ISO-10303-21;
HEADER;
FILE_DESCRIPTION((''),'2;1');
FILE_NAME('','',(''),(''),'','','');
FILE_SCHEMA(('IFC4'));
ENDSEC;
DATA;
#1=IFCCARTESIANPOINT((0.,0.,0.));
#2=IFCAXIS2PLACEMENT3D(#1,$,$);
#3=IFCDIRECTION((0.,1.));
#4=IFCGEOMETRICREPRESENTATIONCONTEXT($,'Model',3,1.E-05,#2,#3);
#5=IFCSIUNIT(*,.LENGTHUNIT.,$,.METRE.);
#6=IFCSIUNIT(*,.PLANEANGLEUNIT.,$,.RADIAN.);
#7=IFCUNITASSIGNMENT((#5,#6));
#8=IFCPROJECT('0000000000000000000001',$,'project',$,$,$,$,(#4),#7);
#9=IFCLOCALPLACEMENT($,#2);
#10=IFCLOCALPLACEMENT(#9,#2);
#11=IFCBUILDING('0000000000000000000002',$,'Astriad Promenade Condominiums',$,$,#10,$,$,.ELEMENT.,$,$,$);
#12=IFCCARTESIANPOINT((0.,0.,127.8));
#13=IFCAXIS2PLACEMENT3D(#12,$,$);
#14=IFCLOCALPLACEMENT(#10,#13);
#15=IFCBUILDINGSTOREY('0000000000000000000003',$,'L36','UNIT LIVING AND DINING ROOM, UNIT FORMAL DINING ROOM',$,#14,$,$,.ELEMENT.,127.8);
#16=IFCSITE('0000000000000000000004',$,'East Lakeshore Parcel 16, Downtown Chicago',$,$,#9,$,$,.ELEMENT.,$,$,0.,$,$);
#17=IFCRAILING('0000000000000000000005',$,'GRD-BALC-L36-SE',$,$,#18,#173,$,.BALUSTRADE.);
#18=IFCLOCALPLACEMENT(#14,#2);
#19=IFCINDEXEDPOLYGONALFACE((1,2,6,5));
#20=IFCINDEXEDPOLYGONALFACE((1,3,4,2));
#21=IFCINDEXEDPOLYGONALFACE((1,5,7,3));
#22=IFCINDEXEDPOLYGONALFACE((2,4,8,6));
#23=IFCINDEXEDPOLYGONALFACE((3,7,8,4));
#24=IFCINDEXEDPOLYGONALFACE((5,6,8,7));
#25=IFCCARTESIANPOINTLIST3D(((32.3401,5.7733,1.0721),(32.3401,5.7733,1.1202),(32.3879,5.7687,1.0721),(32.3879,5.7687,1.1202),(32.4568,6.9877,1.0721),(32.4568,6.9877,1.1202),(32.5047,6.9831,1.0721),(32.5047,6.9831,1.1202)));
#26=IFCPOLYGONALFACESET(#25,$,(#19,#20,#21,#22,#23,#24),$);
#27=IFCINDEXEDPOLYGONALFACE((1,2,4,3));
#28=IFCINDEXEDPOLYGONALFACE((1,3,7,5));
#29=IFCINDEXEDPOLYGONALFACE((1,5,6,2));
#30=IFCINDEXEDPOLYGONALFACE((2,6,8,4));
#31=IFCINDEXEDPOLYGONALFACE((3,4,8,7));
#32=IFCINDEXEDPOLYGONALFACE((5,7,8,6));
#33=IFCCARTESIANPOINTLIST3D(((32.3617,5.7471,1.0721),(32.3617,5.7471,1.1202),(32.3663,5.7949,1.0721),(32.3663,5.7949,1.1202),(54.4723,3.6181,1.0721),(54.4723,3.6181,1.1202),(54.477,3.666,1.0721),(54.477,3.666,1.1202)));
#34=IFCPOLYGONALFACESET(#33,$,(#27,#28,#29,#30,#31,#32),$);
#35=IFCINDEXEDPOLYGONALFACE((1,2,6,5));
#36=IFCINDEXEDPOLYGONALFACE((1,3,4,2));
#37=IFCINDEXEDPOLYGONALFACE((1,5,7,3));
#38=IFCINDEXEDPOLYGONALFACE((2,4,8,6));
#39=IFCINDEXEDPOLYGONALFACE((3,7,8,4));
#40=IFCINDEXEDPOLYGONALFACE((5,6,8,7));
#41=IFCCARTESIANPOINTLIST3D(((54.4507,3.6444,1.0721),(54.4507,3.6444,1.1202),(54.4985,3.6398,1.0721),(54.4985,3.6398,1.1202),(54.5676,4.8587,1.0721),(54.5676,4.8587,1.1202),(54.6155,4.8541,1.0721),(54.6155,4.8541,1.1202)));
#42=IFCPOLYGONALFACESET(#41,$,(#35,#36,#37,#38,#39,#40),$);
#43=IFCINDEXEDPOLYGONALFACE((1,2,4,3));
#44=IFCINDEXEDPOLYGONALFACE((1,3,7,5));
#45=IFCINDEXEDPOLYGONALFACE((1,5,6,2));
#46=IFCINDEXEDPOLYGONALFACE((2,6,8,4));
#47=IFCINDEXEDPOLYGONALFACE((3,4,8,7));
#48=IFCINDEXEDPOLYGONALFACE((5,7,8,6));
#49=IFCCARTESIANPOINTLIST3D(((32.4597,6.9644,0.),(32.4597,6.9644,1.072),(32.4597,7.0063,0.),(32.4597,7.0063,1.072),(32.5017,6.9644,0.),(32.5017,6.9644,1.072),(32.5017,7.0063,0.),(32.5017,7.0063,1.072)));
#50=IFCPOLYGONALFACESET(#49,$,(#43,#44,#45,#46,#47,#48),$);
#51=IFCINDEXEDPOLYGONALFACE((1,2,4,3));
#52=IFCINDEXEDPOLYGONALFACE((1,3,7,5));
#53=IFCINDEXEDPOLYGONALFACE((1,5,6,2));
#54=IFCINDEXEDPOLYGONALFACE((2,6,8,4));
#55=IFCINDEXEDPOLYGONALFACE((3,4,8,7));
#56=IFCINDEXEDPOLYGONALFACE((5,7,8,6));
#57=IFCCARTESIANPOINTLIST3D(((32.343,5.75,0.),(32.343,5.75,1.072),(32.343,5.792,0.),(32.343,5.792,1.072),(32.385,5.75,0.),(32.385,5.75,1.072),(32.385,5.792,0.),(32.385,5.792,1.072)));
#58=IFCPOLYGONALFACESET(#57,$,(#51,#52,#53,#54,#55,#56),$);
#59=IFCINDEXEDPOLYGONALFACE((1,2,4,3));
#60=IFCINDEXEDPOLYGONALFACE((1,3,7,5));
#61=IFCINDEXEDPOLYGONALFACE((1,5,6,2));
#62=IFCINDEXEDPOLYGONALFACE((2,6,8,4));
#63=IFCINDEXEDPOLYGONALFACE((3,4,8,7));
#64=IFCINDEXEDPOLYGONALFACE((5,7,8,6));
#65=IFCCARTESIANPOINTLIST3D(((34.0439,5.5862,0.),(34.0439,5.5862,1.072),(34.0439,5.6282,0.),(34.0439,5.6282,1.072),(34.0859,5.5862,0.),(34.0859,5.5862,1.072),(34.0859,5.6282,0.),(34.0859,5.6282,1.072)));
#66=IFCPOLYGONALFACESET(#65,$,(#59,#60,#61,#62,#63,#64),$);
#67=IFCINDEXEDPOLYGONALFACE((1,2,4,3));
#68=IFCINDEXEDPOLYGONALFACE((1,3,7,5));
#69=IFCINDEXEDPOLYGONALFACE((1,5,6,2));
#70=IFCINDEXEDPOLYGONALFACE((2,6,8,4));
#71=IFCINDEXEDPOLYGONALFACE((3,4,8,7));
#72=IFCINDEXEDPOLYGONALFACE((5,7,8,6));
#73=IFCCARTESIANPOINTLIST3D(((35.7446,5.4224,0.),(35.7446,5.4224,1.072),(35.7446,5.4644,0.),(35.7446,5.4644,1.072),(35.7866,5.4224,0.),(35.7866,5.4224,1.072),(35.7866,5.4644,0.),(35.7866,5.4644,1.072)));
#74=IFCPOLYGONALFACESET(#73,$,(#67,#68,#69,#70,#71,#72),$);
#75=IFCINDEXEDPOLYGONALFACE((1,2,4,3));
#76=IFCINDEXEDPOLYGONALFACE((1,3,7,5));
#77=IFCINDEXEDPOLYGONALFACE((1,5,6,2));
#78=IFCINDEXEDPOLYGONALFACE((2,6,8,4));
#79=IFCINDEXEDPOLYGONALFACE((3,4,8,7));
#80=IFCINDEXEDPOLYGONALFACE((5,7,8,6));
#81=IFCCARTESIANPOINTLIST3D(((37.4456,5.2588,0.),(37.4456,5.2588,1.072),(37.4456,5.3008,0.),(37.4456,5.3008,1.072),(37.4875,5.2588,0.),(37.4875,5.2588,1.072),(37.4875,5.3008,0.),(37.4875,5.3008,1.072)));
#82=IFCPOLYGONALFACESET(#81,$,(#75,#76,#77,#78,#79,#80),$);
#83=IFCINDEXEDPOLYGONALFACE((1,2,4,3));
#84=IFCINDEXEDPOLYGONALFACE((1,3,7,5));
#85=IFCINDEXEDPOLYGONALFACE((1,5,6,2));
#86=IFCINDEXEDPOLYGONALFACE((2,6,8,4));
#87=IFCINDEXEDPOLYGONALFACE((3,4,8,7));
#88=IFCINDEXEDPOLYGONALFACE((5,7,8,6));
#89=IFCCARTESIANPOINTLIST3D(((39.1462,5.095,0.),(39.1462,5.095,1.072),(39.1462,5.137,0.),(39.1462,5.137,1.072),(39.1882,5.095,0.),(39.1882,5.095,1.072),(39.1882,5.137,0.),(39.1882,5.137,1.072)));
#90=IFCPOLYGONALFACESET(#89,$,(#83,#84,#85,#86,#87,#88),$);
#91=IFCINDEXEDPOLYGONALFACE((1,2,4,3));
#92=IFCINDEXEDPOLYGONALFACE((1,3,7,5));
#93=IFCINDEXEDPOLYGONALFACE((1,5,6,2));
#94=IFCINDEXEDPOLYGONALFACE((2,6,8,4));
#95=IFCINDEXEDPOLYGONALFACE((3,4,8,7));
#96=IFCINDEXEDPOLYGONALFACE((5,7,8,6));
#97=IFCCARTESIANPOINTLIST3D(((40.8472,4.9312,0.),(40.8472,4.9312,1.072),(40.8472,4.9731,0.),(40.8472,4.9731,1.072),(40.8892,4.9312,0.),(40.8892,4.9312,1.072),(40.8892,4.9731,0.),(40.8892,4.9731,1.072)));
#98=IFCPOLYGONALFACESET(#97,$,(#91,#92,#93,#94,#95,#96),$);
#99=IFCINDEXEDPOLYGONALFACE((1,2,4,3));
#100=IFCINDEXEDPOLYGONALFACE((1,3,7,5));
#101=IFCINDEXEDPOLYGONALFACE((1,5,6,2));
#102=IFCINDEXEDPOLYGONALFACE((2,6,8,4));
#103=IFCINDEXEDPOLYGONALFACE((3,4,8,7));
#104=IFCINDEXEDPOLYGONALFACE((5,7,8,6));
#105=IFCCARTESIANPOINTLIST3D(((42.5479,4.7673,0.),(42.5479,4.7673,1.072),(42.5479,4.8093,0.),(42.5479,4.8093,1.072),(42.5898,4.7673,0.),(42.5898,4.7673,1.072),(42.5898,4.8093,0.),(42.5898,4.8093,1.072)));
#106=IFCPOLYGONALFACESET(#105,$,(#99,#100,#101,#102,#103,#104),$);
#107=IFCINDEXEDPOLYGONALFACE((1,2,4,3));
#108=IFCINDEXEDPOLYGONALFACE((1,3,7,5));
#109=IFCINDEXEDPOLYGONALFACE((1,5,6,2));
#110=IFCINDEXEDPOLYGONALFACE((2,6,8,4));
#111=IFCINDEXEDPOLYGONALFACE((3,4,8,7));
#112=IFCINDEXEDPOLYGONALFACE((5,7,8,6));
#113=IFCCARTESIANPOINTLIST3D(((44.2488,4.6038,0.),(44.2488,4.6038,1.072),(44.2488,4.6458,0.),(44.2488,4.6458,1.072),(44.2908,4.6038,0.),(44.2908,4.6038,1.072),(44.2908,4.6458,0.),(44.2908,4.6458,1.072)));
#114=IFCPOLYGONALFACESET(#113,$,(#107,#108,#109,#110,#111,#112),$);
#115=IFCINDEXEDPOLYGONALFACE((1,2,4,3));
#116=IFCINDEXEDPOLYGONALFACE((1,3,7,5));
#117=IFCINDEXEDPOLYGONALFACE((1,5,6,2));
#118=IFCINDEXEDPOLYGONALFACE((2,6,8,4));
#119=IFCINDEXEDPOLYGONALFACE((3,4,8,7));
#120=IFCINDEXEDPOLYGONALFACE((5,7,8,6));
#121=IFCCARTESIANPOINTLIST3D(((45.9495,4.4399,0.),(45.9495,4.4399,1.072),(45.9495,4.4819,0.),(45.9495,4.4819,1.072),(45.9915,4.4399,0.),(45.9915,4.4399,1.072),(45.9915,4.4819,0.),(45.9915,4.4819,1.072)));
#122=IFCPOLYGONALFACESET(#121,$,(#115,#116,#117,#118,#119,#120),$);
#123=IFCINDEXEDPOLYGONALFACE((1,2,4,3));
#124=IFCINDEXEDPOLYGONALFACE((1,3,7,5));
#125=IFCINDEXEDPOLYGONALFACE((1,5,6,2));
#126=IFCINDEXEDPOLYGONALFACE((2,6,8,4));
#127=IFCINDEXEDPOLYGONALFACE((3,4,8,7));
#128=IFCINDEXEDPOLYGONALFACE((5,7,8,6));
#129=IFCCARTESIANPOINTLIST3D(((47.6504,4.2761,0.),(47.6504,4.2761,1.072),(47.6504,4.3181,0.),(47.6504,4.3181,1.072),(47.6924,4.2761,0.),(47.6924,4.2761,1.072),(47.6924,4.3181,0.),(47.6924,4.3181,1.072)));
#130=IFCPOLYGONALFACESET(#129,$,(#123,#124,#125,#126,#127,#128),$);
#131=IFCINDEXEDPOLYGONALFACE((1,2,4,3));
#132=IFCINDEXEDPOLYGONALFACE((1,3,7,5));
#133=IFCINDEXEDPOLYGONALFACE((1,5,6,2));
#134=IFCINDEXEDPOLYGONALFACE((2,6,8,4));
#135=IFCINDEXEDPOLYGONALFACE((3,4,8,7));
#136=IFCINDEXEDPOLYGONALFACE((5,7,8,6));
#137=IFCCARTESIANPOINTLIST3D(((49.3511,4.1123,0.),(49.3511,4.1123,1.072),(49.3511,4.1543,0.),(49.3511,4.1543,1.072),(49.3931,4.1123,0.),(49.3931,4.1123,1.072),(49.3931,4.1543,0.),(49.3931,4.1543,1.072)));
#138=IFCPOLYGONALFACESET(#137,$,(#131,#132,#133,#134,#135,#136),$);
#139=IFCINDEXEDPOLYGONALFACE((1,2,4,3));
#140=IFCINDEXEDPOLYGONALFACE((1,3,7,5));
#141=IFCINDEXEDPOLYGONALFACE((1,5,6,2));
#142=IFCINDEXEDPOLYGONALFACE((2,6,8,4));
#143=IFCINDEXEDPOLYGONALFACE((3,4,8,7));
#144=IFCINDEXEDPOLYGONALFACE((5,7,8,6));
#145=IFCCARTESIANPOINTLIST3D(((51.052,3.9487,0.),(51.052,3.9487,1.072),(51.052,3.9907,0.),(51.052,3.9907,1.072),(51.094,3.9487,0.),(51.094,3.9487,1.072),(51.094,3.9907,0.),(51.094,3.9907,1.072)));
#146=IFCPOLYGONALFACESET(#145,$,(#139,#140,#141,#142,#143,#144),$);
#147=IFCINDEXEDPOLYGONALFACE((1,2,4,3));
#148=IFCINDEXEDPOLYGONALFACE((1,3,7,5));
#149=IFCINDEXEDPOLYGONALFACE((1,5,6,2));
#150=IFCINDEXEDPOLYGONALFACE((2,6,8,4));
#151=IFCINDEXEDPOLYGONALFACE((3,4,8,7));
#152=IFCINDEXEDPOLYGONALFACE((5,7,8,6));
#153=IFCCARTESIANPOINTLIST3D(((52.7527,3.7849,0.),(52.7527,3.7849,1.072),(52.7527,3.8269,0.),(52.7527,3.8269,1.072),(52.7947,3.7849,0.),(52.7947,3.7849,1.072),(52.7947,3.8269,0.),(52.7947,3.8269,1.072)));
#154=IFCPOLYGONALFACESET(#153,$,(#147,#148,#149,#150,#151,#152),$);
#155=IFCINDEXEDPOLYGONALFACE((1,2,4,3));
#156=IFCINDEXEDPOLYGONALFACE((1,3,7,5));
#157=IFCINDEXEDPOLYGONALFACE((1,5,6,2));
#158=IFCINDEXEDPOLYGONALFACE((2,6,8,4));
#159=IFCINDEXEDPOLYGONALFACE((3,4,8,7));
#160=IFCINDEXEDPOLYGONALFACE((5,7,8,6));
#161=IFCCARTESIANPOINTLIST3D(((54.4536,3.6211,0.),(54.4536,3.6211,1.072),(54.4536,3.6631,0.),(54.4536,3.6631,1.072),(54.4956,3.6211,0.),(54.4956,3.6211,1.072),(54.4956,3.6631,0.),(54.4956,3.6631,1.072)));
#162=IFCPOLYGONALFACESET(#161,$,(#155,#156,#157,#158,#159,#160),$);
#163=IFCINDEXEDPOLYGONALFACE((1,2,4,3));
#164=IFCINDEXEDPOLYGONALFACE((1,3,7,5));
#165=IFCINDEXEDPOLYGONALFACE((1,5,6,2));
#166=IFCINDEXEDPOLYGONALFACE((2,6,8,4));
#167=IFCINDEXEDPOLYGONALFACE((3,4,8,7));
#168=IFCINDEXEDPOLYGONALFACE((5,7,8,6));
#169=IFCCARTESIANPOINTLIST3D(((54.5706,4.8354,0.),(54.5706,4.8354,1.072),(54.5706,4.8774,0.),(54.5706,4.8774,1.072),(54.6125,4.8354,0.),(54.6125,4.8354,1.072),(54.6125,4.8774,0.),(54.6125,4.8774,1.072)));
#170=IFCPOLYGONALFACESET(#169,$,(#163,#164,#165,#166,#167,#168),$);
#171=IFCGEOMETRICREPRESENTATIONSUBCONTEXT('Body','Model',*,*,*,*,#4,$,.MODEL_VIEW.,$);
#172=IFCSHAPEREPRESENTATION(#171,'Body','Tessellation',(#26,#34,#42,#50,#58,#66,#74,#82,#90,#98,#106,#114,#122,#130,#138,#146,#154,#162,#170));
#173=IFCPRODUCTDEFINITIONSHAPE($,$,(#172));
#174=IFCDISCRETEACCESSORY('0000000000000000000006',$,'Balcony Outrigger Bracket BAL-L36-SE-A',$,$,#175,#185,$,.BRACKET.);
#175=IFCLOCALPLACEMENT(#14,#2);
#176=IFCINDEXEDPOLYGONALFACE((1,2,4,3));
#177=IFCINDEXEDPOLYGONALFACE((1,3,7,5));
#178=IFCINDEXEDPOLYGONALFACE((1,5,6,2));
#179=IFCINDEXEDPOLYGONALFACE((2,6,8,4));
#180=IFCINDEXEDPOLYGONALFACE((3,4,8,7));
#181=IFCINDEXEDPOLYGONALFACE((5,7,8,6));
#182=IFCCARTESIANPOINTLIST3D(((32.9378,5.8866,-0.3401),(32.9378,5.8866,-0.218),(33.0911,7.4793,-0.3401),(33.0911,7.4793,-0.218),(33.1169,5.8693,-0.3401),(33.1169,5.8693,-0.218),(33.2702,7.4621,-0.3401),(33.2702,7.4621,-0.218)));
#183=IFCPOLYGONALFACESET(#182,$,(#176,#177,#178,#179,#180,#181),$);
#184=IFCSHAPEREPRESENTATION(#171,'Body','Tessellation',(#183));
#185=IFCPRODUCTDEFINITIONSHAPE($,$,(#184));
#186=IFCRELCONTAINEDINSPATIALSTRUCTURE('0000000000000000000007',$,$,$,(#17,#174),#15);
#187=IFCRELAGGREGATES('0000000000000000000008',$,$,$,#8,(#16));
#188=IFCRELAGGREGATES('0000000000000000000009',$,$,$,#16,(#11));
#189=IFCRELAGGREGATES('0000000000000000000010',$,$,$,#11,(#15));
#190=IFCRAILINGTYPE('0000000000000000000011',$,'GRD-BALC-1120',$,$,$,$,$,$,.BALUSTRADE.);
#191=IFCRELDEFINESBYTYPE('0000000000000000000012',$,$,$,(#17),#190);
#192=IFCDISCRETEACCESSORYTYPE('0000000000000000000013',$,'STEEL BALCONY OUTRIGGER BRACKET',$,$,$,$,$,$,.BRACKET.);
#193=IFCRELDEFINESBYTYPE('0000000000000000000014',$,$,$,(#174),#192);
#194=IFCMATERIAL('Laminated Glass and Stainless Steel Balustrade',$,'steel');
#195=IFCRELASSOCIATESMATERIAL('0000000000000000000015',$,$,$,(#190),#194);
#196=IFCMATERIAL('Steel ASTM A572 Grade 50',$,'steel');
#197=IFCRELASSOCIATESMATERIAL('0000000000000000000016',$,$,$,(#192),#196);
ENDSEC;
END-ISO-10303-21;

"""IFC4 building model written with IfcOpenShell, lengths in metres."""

from ifc_helpers import new_model, si_unit, direction, frame, origin, origin_2d, place, context, subcontext, project, spatial, rectangle, extrude, source, transform, mapped, material, type_object, type_shapes, element, save


model = new_model("IFC4")

# Units and contexts
model_context = context("Model", 3, precision=1e-05, world=origin(), true_north=direction((0.0, 1.0)))
body_context = subcontext(model_context, "Body", "Model", "MODEL_VIEW")
ifc_project = project(units=[si_unit("LENGTHUNIT", "METRE"), si_unit("PLANEANGLEUNIT", "RADIAN")], contexts=[model_context])

# Site, building, storey
site_placement = place(None, origin())
site = spatial("IfcSite", under=ifc_project, at=site_placement, Name="East Lakeshore Parcel 16, Downtown Chicago", CompositionType="ELEMENT", RefElevation=0.0)
building_placement = place(site_placement, origin())
building = spatial("IfcBuilding", under=site, at=building_placement, Name="Astriad Promenade Condominiums", CompositionType="ELEMENT")
storey_placement = place(building_placement, frame((0.0, 0.0, 127.8)))
storey = spatial("IfcBuildingStorey", under=building, at=storey_placement, Name="L36", Description="UNIT LIVING AND DINING ROOM, UNIT FORMAL DINING ROOM", CompositionType="ELEMENT", Elevation=127.8)

# Railing
ifc_material_1 = material(Name="Laminated Glass and Stainless Steel Balustrade", Category="steel")
railing_type = type_object("IfcRailingType", Name="GRD-BALC-1120", PredefinedType="BALUSTRADE", material=ifc_material_1)
shared_shape_1 = source(origin(), body_context, "Body", "SweptSolid", [
    extrude(rectangle(XDim=0.0481, YDim=0.0481, at=origin_2d()), frame((0.0, 0.0, 1.0962), z_axis=(-0.095659, -0.995414, 0.0), x_axis=(0.995414, -0.095659, 0.0)), (0.0, 0.0, 1.0), 1.22),
    extrude(rectangle(XDim=0.0481, YDim=0.0481, at=origin_2d()), frame((-0.1167, -1.2144, 1.0962), z_axis=(0.995397, -0.095841, 0.0), x_axis=(0.095841, 0.995397, 0.0)), (0.0, 0.0, 1.0), 22.2129),
    extrude(rectangle(XDim=0.0481, YDim=0.0481, at=origin_2d()), frame((21.9939, -3.3433, 1.0962), z_axis=(0.095857, 0.995395, 0.0), x_axis=(-0.995395, 0.095857, 0.0)), (0.0, 0.0, 1.0), 1.22),
    extrude(rectangle(XDim=0.042, YDim=0.042, at=origin_2d()), origin(), (0.0, 0.0, 1.0), 1.072),
    extrude(rectangle(XDim=0.042, YDim=0.042, at=origin_2d()), frame((-0.1167, -1.2144, 0.0)), (0.0, 0.0, 1.0), 1.072),
    extrude(rectangle(XDim=0.042, YDim=0.042, at=origin_2d()), frame((1.5842, -1.3782, 0.0)), (0.0, 0.0, 1.0), 1.072),
    extrude(rectangle(XDim=0.042, YDim=0.042, at=origin_2d()), frame((3.2849, -1.542, 0.0)), (0.0, 0.0, 1.0), 1.072),
    extrude(rectangle(XDim=0.042, YDim=0.042, at=origin_2d()), frame((4.9858, -1.7056, 0.0)), (0.0, 0.0, 1.0), 1.072),
    extrude(rectangle(XDim=0.042, YDim=0.042, at=origin_2d()), frame((6.6865, -1.8694, 0.0)), (0.0, 0.0, 1.0), 1.072),
    extrude(rectangle(XDim=0.042, YDim=0.042, at=origin_2d()), frame((8.3875, -2.0332, 0.0)), (0.0, 0.0, 1.0), 1.072),
    extrude(rectangle(XDim=0.042, YDim=0.042, at=origin_2d()), frame((10.0881, -2.197, 0.0)), (0.0, 0.0, 1.0), 1.072),
    extrude(rectangle(XDim=0.042, YDim=0.042, at=origin_2d()), frame((11.7891, -2.3606, 0.0)), (0.0, 0.0, 1.0), 1.072),
    extrude(rectangle(XDim=0.042, YDim=0.042, at=origin_2d()), frame((13.4897, -2.5244, 0.0)), (0.0, 0.0, 1.0), 1.072),
    extrude(rectangle(XDim=0.042, YDim=0.042, at=origin_2d()), frame((15.1907, -2.6882, 0.0)), (0.0, 0.0, 1.0), 1.072),
    extrude(rectangle(XDim=0.042, YDim=0.042, at=origin_2d()), frame((16.8914, -2.8521, 0.0)), (0.0, 0.0, 1.0), 1.072),
    extrude(rectangle(XDim=0.042, YDim=0.042, at=origin_2d()), frame((18.5923, -3.0156, 0.0)), (0.0, 0.0, 1.0), 1.072),
    extrude(rectangle(XDim=0.042, YDim=0.042, at=origin_2d()), frame((20.293, -3.1794, 0.0)), (0.0, 0.0, 1.0), 1.072),
    extrude(rectangle(XDim=0.042, YDim=0.042, at=origin_2d()), frame((21.9939, -3.3433, 0.0)), (0.0, 0.0, 1.0), 1.072),
    extrude(rectangle(XDim=0.042, YDim=0.042, at=origin_2d()), frame((22.1108, -2.1289, 0.0)), (0.0, 0.0, 1.0), 1.072),
])
type_shapes(railing_type, [shared_shape_1])
railing_placement = place(storey_placement, frame((32.4807, 6.9854, 0.0)))
element("IfcRailing", 1, at=railing_placement, inside=storey, type_object=railing_type, Name="GRD-BALC-L36-SE", PredefinedType="BALUSTRADE", context=body_context, shape_type="MappedRepresentation", body=[
    mapped(shared_shape_1, transform((0.0, 0.0, 0.0), scale=1.0)),
])

# Discrete accessory
ifc_material_2 = material(Name="Steel ASTM A572 Grade 50", Category="steel")
discrete_accessory_type = type_object("IfcDiscreteAccessoryType", Name="STEEL BALCONY OUTRIGGER BRACKET", PredefinedType="BRACKET", material=ifc_material_2)
shared_shape_2 = source(origin(), body_context, "Body", "SweptSolid", [
    extrude(rectangle(XDim=1.6001, YDim=0.1799, at=origin_2d()), origin(), (0.0, 0.0, 1.0), 0.1221),
])
type_shapes(discrete_accessory_type, [shared_shape_2])
discrete_accessory_placement = place(storey_placement, frame((33.104, 6.6743, -0.3401), z_axis=(0.0, 0.0, 1.0), x_axis=(-0.095846, -0.995396, 0.0)))
element("IfcDiscreteAccessory", 2, at=discrete_accessory_placement, inside=storey, type_object=discrete_accessory_type, Name="Balcony Outrigger Bracket BAL-L36-SE-A", PredefinedType="BRACKET", context=body_context, shape_type="MappedRepresentation", body=[
    mapped(shared_shape_2, transform((0.0, 0.0, 0.0), scale=1.0)),
])

save(model, "model.ifc")
